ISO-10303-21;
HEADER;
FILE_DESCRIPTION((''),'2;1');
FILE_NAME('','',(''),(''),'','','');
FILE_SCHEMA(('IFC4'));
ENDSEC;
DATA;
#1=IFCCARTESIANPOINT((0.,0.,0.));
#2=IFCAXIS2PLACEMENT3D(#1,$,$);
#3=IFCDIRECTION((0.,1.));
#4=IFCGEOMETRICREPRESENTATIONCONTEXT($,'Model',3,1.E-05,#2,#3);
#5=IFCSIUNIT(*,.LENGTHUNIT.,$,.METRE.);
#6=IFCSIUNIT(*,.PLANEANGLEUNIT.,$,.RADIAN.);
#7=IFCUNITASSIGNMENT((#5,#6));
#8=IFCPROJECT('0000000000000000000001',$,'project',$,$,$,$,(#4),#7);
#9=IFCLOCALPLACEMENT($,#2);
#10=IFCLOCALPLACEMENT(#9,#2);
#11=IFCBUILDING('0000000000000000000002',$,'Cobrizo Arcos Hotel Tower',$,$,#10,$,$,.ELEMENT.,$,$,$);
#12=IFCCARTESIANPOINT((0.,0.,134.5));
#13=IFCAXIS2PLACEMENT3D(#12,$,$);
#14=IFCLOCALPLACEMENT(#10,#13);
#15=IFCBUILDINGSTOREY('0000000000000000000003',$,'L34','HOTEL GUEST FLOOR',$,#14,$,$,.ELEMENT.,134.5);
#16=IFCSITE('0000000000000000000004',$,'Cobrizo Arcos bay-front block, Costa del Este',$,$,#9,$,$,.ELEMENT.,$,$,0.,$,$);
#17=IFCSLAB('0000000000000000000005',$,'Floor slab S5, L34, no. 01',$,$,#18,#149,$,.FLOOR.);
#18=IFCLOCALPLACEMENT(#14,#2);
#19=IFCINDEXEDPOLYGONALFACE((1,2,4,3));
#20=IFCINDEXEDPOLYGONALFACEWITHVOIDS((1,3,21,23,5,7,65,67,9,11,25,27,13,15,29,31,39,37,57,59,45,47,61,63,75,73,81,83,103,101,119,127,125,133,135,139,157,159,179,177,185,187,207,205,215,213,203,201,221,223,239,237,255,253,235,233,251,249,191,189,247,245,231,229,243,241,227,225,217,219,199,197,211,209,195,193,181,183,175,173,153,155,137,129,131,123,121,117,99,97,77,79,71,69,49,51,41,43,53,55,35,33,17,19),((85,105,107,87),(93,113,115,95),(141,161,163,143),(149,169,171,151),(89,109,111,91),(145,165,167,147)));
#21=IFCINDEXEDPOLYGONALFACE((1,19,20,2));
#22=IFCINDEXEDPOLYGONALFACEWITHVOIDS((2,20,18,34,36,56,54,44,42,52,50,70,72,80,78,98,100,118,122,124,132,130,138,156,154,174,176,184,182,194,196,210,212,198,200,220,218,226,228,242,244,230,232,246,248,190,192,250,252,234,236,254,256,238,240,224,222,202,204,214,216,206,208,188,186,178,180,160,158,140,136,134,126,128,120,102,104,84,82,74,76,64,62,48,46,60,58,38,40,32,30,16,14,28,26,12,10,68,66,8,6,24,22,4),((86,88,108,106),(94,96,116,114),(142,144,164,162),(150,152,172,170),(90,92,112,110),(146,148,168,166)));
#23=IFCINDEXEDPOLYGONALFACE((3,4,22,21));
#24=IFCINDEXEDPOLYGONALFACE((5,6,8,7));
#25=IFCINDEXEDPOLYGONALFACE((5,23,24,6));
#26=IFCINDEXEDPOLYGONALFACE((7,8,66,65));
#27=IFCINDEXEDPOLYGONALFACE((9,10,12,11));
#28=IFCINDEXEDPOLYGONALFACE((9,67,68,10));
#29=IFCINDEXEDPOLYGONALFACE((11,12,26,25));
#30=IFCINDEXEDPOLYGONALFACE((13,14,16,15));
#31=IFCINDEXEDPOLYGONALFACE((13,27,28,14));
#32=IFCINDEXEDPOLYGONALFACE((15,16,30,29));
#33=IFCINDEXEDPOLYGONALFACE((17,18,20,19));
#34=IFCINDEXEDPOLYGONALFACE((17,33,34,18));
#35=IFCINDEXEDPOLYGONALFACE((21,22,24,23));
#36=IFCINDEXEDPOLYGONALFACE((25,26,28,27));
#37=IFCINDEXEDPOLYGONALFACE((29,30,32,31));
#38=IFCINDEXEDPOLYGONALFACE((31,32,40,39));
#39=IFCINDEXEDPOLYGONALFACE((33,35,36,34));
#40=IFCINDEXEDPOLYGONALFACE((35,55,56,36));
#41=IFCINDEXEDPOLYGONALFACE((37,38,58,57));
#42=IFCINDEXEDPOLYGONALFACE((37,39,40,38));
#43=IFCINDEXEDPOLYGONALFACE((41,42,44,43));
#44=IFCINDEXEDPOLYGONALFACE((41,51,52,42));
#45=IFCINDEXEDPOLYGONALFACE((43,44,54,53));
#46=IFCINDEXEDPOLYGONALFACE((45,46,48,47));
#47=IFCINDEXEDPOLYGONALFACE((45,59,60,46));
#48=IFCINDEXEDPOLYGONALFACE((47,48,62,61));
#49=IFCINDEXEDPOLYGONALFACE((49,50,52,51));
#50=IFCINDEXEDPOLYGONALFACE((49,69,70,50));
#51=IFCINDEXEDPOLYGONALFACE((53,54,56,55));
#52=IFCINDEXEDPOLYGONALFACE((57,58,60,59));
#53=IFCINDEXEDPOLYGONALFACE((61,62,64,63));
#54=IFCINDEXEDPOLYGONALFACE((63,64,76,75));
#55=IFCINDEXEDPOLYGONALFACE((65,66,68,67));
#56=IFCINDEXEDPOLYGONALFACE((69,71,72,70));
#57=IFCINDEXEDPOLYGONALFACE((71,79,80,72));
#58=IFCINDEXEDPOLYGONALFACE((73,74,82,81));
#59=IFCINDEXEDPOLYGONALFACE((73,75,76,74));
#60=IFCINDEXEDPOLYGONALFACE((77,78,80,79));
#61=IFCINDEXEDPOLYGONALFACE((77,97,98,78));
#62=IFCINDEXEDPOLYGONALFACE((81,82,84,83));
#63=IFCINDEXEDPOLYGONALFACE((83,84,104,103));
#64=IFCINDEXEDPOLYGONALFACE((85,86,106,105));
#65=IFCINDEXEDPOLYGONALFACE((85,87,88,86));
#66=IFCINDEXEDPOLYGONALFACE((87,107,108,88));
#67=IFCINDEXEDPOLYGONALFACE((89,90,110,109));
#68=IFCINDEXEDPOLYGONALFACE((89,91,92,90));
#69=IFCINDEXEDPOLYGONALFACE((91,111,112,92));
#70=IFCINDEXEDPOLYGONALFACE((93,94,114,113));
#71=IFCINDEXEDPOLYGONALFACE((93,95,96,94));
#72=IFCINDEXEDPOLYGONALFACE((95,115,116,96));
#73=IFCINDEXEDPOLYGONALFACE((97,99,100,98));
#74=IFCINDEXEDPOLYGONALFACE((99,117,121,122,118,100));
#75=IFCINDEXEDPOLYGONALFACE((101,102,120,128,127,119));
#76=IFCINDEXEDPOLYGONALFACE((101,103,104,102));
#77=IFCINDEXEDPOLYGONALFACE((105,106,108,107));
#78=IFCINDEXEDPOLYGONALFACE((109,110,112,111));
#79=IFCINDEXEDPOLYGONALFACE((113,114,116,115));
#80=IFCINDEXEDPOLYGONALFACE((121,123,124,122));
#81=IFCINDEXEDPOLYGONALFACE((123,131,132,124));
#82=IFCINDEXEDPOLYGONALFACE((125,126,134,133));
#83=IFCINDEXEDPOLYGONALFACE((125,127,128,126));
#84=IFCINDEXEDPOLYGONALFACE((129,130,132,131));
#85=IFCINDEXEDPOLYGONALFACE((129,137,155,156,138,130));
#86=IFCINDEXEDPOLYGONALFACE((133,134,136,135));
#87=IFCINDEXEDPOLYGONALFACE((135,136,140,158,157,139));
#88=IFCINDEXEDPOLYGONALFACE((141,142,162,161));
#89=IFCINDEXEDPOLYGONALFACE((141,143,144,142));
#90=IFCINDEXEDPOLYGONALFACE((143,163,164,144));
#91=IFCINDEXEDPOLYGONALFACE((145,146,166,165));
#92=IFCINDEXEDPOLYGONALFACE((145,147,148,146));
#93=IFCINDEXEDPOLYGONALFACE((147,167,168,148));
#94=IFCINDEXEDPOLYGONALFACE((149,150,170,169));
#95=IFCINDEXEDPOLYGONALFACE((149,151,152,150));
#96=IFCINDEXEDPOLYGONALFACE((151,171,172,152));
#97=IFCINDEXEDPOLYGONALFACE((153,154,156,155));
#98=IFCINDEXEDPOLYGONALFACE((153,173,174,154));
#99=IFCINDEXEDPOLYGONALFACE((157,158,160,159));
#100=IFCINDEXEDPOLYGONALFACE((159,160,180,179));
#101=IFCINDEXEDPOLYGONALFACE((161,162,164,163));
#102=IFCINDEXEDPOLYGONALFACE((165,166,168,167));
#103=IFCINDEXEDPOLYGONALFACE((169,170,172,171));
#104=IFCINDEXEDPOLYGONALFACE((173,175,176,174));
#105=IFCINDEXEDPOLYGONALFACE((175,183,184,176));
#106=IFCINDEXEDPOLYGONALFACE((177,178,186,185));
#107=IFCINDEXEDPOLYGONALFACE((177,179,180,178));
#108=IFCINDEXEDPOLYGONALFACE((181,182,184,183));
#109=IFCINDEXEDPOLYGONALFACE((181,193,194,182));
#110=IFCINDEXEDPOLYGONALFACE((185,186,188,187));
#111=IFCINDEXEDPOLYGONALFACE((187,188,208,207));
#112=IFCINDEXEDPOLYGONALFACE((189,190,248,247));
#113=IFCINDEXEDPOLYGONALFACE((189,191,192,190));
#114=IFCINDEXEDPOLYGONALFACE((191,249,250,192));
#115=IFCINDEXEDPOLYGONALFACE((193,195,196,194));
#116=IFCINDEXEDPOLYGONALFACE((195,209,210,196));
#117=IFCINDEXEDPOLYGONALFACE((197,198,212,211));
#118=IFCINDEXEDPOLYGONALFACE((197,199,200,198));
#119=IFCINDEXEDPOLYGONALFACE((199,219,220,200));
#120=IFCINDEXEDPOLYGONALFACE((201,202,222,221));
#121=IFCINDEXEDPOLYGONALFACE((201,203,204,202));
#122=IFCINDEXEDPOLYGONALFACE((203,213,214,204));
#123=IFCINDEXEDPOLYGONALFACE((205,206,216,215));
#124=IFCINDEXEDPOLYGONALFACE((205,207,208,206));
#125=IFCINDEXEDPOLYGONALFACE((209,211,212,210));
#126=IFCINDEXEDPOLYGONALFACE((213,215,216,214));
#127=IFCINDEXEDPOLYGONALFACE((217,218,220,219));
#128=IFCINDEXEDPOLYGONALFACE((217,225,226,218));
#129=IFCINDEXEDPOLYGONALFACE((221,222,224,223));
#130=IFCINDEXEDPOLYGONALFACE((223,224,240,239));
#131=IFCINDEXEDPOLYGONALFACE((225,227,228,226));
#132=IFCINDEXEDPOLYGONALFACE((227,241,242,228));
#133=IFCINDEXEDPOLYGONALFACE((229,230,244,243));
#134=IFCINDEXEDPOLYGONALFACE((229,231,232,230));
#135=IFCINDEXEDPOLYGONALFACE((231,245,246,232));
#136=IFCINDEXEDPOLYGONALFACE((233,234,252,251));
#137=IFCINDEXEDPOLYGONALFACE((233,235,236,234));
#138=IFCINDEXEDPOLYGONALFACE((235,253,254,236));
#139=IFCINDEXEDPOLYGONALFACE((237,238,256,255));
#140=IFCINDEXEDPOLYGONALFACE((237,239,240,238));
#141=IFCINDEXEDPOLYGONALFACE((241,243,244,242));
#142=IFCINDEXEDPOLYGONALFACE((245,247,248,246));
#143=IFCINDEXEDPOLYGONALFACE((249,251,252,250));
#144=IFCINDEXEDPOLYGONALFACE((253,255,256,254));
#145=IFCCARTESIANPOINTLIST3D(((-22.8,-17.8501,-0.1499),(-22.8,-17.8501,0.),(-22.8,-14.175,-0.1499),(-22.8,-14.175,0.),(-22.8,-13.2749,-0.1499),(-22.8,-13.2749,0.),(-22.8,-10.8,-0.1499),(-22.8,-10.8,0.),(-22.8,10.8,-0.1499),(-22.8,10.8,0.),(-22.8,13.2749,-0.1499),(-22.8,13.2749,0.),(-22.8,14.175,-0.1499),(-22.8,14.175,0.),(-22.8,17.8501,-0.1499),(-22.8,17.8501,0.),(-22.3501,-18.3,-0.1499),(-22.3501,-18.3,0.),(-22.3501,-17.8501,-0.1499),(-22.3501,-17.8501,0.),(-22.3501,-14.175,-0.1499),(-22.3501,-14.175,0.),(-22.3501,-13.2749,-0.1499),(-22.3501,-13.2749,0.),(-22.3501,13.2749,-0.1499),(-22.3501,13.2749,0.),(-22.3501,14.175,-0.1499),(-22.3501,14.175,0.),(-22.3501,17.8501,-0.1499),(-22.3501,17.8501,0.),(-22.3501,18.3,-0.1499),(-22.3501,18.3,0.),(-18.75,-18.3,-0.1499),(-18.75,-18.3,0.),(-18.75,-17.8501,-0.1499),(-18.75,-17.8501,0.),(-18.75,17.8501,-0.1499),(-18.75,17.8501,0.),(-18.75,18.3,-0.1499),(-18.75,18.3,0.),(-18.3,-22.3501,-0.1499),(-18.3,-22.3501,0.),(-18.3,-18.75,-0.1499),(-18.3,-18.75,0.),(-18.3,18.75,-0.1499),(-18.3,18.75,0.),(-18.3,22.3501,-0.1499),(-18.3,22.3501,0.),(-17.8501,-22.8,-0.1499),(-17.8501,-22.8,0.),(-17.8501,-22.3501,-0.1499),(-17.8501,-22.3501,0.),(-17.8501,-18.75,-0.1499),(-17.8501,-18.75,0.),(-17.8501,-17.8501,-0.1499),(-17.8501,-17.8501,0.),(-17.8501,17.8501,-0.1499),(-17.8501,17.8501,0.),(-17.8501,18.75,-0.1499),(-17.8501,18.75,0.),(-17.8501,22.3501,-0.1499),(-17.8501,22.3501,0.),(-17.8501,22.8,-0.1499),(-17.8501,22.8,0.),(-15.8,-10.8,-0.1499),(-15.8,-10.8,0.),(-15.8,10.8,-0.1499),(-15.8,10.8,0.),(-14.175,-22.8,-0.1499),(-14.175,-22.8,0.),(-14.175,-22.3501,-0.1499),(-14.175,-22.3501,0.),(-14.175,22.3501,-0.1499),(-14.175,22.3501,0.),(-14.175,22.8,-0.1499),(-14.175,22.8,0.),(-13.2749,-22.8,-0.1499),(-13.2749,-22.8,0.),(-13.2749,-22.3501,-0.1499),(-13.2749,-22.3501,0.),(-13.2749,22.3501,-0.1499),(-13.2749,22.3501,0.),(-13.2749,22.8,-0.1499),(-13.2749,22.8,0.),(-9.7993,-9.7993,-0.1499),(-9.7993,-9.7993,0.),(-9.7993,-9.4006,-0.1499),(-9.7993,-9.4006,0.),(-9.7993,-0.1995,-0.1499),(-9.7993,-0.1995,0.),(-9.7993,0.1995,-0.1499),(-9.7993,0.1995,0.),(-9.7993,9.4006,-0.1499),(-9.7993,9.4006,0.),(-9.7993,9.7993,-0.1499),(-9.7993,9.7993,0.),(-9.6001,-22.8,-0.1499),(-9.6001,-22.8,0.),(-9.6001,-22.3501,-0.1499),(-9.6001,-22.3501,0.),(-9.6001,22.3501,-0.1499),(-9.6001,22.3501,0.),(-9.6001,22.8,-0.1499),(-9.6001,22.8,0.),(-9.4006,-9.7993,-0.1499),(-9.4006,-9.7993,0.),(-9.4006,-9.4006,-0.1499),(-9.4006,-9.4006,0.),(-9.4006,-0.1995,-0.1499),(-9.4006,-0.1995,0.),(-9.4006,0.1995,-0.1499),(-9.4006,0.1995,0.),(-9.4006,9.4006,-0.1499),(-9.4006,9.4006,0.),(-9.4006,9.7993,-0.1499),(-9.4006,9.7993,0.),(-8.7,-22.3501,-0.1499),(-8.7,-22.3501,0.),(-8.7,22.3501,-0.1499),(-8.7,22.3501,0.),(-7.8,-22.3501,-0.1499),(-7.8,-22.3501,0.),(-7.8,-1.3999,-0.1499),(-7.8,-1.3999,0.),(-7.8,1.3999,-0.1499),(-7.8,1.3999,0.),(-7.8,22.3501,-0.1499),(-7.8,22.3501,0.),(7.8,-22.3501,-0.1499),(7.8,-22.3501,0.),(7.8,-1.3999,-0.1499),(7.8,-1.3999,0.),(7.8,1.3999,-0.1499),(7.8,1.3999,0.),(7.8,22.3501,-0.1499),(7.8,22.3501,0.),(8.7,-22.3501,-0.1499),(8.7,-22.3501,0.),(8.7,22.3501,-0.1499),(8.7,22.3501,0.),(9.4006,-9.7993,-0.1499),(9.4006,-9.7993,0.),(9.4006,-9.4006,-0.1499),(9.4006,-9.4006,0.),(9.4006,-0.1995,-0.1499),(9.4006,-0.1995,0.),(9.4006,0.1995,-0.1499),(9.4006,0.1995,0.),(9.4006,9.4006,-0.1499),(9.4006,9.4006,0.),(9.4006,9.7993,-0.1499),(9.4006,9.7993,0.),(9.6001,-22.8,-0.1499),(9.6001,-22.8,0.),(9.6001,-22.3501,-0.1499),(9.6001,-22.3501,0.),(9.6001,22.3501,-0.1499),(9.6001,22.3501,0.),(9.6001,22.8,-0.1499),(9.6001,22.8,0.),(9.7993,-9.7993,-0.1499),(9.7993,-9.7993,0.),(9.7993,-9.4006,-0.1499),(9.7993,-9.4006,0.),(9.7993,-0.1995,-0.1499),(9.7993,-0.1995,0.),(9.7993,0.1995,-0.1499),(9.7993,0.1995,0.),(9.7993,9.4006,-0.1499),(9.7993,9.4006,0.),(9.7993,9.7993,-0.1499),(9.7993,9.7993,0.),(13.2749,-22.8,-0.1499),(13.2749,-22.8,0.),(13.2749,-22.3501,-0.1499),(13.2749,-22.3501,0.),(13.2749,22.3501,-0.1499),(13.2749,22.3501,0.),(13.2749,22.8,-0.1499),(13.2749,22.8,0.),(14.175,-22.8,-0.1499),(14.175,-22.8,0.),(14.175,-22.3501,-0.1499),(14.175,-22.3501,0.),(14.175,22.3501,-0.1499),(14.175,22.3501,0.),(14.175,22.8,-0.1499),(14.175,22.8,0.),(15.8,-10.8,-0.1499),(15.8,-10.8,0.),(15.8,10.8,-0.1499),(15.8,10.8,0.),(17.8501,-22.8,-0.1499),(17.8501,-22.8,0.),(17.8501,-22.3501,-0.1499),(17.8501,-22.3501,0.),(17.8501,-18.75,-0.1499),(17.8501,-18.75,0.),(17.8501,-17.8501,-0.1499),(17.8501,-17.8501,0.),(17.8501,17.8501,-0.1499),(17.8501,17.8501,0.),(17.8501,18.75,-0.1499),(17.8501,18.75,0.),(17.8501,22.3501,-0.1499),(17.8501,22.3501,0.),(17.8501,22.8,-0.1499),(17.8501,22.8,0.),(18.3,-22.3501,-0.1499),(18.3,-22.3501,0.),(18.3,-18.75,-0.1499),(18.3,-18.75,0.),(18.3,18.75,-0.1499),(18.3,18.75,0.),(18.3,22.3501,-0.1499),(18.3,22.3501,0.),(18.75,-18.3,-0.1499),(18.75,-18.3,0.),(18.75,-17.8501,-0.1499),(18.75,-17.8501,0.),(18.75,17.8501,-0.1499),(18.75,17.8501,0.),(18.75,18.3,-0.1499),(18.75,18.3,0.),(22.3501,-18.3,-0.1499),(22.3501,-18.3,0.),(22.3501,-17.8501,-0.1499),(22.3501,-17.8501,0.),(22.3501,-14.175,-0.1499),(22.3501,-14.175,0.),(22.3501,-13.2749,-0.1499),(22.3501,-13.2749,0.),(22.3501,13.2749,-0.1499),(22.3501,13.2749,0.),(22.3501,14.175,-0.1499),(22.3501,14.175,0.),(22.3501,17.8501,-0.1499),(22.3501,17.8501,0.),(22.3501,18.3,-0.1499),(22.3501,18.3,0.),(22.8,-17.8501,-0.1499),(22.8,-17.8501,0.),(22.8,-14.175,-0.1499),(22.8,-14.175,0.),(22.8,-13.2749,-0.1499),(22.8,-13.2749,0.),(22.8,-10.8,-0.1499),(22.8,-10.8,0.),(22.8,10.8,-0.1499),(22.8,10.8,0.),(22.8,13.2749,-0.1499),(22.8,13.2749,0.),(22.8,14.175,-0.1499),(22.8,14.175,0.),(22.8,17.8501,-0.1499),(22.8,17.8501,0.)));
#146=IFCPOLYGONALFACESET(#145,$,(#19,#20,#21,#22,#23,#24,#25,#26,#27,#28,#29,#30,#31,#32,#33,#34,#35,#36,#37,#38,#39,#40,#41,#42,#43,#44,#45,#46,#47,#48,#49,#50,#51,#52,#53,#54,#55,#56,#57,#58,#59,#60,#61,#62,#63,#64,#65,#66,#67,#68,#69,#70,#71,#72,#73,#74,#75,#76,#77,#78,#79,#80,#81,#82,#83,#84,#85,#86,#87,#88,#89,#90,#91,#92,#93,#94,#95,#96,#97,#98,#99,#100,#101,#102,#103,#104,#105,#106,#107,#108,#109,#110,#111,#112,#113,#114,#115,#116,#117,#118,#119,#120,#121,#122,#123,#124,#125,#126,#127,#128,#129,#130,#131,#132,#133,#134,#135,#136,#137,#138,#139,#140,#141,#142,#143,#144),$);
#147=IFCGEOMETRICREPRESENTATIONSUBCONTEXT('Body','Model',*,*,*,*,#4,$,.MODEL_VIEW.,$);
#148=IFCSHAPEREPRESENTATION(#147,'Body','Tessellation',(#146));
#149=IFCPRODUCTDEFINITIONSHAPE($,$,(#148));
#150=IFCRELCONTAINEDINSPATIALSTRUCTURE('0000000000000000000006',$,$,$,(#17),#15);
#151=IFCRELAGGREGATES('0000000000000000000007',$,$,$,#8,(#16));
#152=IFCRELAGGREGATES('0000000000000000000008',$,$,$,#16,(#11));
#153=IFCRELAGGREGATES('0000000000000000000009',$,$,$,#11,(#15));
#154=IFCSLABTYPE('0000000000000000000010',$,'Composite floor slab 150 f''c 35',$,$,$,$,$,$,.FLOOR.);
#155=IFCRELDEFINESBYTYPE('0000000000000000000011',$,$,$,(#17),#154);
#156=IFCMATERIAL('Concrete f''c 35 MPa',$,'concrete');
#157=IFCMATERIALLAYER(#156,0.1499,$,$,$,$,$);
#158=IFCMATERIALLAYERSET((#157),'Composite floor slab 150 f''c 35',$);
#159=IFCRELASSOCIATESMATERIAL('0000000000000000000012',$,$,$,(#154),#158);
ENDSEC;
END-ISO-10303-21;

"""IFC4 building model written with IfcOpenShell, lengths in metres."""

from ifc_helpers import new_model, si_unit, direction, frame, origin, place, context, subcontext, project, spatial, polyline, outline, extrude, material, layer, layer_set, type_object, element, save


model = new_model("IFC4")

# Units and contexts
model_context = context("Model", 3, precision=1e-05, world=origin(), true_north=direction((0.0, 1.0)))
body_context = subcontext(model_context, "Body", "Model", "MODEL_VIEW")
ifc_project = project(units=[si_unit("LENGTHUNIT", "METRE"), si_unit("PLANEANGLEUNIT", "RADIAN")], contexts=[model_context])

# Site, building, storey
site_placement = place(None, origin())
site = spatial("IfcSite", under=ifc_project, at=site_placement, Name="Cobrizo Arcos bay-front block, Costa del Este", CompositionType="ELEMENT", RefElevation=0.0)
building_placement = place(site_placement, origin())
building = spatial("IfcBuilding", under=site, at=building_placement, Name="Cobrizo Arcos Hotel Tower", CompositionType="ELEMENT")
storey_placement = place(building_placement, frame((0.0, 0.0, 134.5)))
storey = spatial("IfcBuildingStorey", under=building, at=storey_placement, Name="L34", Description="HOTEL GUEST FLOOR", CompositionType="ELEMENT", Elevation=134.5)

# Slab
ifc_material_1 = material(Name="Concrete f'c 35 MPa", Category="concrete")
ifc_layer_1 = layer(ifc_material_1, 0.1499)
ifc_layer_set_1 = layer_set([ifc_layer_1], Name="Composite floor slab 150 f'c 35")
slab_type_1 = type_object("IfcSlabType", Name="Composite floor slab 150 f'c 35", PredefinedType="FLOOR", material=ifc_layer_set_1)
slab_1_placement = place(storey_placement, frame((0.0, 0.0, -0.1499)))
element("IfcSlab", 1, at=slab_1_placement, inside=storey, type_object=slab_type_1, Name="Floor slab S5, L34, no. 01", PredefinedType="FLOOR", context=body_context, shape_type="SweptSolid", body=[
    extrude(outline(polyline([(22.3501, 18.3), (22.3501, 17.8501), (22.8, 17.8501), (22.8, 14.175), (22.3501, 14.175), (22.3501, 13.2749), (22.8, 13.2749), (22.8, 10.8), (15.8, 10.8), (15.8, -10.8), (22.8, -10.8), (22.8, -13.2749), (22.3501, -13.2749), (22.3501, -14.175), (22.8, -14.175), (22.8, -17.8501), (22.3501, -17.8501), (22.3501, -18.3), (18.75, -18.3), (18.75, -17.8501), (17.8501, -17.8501), (17.8501, -18.75), (18.3, -18.75), (18.3, -22.3501), (17.8501, -22.3501), (17.8501, -22.8), (14.175, -22.8), (14.175, -22.3501), (13.2749, -22.3501), (13.2749, -22.8), (9.6001, -22.8), (9.6001, -22.3501), (8.7, -22.3501), (7.8, -22.3501), (7.8, -22.8), (7.8, -22.8), (7.8, -1.3999), (-7.8, -1.3999), (-7.8, -22.8), (-7.8, -22.8), (-7.8, -22.3501), (-8.7, -22.3501), (-9.6001, -22.3501), (-9.6001, -22.8), (-13.2749, -22.8), (-13.2749, -22.3501), (-14.175, -22.3501), (-14.175, -22.8), (-17.8501, -22.8), (-17.8501, -22.3501), (-18.3, -22.3501), (-18.3, -18.75), (-17.8501, -18.75), (-17.8501, -17.8501), (-18.75, -17.8501), (-18.75, -18.3), (-22.3501, -18.3), (-22.3501, -17.8501), (-22.8, -17.8501), (-22.8, -14.175), (-22.3501, -14.175), (-22.3501, -13.2749), (-22.8, -13.2749), (-22.8, -10.8), (-15.8, -10.8), (-15.8, 10.8), (-22.8, 10.8), (-22.8, 13.2749), (-22.3501, 13.2749), (-22.3501, 14.175), (-22.8, 14.175), (-22.8, 17.8501), (-22.3501, 17.8501), (-22.3501, 18.3), (-18.75, 18.3), (-18.75, 17.8501), (-17.8501, 17.8501), (-17.8501, 18.75), (-18.3, 18.75), (-18.3, 22.3501), (-17.8501, 22.3501), (-17.8501, 22.8), (-14.175, 22.8), (-14.175, 22.3501), (-13.2749, 22.3501), (-13.2749, 22.8), (-9.6001, 22.8), (-9.6001, 22.3501), (-8.7, 22.3501), (-7.8, 22.3501), (-7.8, 22.8), (-7.8, 22.8), (-7.8, 1.3999), (7.8, 1.3999), (7.8, 22.8), (7.8, 22.8), (7.8, 22.3501), (8.7, 22.3501), (9.6001, 22.3501), (9.6001, 22.8), (13.2749, 22.8), (13.2749, 22.3501), (14.175, 22.3501), (14.175, 22.8), (17.8501, 22.8), (17.8501, 22.3501), (18.3, 22.3501), (18.3, 18.75), (17.8501, 18.75), (17.8501, 17.8501), (18.75, 17.8501), (18.75, 18.3), (22.3501, 18.3)]), holes=[polyline([(-9.7993, -9.7993), (-9.4006, -9.7993), (-9.4006, -9.4006), (-9.7993, -9.4006), (-9.7993, -9.7993)]), polyline([(-9.4006, -0.1995), (-9.4006, 0.1995), (-9.7993, 0.1995), (-9.7993, -0.1995), (-9.4006, -0.1995)]), polyline([(-9.4006, 9.4006), (-9.4006, 9.7993), (-9.7993, 9.7993), (-9.7993, 9.4006), (-9.4006, 9.4006)]), polyline([(9.4006, -9.7993), (9.7993, -9.7993), (9.7993, -9.4006), (9.4006, -9.4006), (9.4006, -9.7993)]), polyline([(9.4006, -0.1995), (9.7993, -0.1995), (9.7993, 0.1995), (9.4006, 0.1995), (9.4006, -0.1995)]), polyline([(9.7993, 9.4006), (9.7993, 9.7993), (9.4006, 9.7993), (9.4006, 9.4006), (9.7993, 9.4006)])]), origin(), (0.0, 0.0, 1.0), 0.1499),
])

save(model, "model.ifc")
